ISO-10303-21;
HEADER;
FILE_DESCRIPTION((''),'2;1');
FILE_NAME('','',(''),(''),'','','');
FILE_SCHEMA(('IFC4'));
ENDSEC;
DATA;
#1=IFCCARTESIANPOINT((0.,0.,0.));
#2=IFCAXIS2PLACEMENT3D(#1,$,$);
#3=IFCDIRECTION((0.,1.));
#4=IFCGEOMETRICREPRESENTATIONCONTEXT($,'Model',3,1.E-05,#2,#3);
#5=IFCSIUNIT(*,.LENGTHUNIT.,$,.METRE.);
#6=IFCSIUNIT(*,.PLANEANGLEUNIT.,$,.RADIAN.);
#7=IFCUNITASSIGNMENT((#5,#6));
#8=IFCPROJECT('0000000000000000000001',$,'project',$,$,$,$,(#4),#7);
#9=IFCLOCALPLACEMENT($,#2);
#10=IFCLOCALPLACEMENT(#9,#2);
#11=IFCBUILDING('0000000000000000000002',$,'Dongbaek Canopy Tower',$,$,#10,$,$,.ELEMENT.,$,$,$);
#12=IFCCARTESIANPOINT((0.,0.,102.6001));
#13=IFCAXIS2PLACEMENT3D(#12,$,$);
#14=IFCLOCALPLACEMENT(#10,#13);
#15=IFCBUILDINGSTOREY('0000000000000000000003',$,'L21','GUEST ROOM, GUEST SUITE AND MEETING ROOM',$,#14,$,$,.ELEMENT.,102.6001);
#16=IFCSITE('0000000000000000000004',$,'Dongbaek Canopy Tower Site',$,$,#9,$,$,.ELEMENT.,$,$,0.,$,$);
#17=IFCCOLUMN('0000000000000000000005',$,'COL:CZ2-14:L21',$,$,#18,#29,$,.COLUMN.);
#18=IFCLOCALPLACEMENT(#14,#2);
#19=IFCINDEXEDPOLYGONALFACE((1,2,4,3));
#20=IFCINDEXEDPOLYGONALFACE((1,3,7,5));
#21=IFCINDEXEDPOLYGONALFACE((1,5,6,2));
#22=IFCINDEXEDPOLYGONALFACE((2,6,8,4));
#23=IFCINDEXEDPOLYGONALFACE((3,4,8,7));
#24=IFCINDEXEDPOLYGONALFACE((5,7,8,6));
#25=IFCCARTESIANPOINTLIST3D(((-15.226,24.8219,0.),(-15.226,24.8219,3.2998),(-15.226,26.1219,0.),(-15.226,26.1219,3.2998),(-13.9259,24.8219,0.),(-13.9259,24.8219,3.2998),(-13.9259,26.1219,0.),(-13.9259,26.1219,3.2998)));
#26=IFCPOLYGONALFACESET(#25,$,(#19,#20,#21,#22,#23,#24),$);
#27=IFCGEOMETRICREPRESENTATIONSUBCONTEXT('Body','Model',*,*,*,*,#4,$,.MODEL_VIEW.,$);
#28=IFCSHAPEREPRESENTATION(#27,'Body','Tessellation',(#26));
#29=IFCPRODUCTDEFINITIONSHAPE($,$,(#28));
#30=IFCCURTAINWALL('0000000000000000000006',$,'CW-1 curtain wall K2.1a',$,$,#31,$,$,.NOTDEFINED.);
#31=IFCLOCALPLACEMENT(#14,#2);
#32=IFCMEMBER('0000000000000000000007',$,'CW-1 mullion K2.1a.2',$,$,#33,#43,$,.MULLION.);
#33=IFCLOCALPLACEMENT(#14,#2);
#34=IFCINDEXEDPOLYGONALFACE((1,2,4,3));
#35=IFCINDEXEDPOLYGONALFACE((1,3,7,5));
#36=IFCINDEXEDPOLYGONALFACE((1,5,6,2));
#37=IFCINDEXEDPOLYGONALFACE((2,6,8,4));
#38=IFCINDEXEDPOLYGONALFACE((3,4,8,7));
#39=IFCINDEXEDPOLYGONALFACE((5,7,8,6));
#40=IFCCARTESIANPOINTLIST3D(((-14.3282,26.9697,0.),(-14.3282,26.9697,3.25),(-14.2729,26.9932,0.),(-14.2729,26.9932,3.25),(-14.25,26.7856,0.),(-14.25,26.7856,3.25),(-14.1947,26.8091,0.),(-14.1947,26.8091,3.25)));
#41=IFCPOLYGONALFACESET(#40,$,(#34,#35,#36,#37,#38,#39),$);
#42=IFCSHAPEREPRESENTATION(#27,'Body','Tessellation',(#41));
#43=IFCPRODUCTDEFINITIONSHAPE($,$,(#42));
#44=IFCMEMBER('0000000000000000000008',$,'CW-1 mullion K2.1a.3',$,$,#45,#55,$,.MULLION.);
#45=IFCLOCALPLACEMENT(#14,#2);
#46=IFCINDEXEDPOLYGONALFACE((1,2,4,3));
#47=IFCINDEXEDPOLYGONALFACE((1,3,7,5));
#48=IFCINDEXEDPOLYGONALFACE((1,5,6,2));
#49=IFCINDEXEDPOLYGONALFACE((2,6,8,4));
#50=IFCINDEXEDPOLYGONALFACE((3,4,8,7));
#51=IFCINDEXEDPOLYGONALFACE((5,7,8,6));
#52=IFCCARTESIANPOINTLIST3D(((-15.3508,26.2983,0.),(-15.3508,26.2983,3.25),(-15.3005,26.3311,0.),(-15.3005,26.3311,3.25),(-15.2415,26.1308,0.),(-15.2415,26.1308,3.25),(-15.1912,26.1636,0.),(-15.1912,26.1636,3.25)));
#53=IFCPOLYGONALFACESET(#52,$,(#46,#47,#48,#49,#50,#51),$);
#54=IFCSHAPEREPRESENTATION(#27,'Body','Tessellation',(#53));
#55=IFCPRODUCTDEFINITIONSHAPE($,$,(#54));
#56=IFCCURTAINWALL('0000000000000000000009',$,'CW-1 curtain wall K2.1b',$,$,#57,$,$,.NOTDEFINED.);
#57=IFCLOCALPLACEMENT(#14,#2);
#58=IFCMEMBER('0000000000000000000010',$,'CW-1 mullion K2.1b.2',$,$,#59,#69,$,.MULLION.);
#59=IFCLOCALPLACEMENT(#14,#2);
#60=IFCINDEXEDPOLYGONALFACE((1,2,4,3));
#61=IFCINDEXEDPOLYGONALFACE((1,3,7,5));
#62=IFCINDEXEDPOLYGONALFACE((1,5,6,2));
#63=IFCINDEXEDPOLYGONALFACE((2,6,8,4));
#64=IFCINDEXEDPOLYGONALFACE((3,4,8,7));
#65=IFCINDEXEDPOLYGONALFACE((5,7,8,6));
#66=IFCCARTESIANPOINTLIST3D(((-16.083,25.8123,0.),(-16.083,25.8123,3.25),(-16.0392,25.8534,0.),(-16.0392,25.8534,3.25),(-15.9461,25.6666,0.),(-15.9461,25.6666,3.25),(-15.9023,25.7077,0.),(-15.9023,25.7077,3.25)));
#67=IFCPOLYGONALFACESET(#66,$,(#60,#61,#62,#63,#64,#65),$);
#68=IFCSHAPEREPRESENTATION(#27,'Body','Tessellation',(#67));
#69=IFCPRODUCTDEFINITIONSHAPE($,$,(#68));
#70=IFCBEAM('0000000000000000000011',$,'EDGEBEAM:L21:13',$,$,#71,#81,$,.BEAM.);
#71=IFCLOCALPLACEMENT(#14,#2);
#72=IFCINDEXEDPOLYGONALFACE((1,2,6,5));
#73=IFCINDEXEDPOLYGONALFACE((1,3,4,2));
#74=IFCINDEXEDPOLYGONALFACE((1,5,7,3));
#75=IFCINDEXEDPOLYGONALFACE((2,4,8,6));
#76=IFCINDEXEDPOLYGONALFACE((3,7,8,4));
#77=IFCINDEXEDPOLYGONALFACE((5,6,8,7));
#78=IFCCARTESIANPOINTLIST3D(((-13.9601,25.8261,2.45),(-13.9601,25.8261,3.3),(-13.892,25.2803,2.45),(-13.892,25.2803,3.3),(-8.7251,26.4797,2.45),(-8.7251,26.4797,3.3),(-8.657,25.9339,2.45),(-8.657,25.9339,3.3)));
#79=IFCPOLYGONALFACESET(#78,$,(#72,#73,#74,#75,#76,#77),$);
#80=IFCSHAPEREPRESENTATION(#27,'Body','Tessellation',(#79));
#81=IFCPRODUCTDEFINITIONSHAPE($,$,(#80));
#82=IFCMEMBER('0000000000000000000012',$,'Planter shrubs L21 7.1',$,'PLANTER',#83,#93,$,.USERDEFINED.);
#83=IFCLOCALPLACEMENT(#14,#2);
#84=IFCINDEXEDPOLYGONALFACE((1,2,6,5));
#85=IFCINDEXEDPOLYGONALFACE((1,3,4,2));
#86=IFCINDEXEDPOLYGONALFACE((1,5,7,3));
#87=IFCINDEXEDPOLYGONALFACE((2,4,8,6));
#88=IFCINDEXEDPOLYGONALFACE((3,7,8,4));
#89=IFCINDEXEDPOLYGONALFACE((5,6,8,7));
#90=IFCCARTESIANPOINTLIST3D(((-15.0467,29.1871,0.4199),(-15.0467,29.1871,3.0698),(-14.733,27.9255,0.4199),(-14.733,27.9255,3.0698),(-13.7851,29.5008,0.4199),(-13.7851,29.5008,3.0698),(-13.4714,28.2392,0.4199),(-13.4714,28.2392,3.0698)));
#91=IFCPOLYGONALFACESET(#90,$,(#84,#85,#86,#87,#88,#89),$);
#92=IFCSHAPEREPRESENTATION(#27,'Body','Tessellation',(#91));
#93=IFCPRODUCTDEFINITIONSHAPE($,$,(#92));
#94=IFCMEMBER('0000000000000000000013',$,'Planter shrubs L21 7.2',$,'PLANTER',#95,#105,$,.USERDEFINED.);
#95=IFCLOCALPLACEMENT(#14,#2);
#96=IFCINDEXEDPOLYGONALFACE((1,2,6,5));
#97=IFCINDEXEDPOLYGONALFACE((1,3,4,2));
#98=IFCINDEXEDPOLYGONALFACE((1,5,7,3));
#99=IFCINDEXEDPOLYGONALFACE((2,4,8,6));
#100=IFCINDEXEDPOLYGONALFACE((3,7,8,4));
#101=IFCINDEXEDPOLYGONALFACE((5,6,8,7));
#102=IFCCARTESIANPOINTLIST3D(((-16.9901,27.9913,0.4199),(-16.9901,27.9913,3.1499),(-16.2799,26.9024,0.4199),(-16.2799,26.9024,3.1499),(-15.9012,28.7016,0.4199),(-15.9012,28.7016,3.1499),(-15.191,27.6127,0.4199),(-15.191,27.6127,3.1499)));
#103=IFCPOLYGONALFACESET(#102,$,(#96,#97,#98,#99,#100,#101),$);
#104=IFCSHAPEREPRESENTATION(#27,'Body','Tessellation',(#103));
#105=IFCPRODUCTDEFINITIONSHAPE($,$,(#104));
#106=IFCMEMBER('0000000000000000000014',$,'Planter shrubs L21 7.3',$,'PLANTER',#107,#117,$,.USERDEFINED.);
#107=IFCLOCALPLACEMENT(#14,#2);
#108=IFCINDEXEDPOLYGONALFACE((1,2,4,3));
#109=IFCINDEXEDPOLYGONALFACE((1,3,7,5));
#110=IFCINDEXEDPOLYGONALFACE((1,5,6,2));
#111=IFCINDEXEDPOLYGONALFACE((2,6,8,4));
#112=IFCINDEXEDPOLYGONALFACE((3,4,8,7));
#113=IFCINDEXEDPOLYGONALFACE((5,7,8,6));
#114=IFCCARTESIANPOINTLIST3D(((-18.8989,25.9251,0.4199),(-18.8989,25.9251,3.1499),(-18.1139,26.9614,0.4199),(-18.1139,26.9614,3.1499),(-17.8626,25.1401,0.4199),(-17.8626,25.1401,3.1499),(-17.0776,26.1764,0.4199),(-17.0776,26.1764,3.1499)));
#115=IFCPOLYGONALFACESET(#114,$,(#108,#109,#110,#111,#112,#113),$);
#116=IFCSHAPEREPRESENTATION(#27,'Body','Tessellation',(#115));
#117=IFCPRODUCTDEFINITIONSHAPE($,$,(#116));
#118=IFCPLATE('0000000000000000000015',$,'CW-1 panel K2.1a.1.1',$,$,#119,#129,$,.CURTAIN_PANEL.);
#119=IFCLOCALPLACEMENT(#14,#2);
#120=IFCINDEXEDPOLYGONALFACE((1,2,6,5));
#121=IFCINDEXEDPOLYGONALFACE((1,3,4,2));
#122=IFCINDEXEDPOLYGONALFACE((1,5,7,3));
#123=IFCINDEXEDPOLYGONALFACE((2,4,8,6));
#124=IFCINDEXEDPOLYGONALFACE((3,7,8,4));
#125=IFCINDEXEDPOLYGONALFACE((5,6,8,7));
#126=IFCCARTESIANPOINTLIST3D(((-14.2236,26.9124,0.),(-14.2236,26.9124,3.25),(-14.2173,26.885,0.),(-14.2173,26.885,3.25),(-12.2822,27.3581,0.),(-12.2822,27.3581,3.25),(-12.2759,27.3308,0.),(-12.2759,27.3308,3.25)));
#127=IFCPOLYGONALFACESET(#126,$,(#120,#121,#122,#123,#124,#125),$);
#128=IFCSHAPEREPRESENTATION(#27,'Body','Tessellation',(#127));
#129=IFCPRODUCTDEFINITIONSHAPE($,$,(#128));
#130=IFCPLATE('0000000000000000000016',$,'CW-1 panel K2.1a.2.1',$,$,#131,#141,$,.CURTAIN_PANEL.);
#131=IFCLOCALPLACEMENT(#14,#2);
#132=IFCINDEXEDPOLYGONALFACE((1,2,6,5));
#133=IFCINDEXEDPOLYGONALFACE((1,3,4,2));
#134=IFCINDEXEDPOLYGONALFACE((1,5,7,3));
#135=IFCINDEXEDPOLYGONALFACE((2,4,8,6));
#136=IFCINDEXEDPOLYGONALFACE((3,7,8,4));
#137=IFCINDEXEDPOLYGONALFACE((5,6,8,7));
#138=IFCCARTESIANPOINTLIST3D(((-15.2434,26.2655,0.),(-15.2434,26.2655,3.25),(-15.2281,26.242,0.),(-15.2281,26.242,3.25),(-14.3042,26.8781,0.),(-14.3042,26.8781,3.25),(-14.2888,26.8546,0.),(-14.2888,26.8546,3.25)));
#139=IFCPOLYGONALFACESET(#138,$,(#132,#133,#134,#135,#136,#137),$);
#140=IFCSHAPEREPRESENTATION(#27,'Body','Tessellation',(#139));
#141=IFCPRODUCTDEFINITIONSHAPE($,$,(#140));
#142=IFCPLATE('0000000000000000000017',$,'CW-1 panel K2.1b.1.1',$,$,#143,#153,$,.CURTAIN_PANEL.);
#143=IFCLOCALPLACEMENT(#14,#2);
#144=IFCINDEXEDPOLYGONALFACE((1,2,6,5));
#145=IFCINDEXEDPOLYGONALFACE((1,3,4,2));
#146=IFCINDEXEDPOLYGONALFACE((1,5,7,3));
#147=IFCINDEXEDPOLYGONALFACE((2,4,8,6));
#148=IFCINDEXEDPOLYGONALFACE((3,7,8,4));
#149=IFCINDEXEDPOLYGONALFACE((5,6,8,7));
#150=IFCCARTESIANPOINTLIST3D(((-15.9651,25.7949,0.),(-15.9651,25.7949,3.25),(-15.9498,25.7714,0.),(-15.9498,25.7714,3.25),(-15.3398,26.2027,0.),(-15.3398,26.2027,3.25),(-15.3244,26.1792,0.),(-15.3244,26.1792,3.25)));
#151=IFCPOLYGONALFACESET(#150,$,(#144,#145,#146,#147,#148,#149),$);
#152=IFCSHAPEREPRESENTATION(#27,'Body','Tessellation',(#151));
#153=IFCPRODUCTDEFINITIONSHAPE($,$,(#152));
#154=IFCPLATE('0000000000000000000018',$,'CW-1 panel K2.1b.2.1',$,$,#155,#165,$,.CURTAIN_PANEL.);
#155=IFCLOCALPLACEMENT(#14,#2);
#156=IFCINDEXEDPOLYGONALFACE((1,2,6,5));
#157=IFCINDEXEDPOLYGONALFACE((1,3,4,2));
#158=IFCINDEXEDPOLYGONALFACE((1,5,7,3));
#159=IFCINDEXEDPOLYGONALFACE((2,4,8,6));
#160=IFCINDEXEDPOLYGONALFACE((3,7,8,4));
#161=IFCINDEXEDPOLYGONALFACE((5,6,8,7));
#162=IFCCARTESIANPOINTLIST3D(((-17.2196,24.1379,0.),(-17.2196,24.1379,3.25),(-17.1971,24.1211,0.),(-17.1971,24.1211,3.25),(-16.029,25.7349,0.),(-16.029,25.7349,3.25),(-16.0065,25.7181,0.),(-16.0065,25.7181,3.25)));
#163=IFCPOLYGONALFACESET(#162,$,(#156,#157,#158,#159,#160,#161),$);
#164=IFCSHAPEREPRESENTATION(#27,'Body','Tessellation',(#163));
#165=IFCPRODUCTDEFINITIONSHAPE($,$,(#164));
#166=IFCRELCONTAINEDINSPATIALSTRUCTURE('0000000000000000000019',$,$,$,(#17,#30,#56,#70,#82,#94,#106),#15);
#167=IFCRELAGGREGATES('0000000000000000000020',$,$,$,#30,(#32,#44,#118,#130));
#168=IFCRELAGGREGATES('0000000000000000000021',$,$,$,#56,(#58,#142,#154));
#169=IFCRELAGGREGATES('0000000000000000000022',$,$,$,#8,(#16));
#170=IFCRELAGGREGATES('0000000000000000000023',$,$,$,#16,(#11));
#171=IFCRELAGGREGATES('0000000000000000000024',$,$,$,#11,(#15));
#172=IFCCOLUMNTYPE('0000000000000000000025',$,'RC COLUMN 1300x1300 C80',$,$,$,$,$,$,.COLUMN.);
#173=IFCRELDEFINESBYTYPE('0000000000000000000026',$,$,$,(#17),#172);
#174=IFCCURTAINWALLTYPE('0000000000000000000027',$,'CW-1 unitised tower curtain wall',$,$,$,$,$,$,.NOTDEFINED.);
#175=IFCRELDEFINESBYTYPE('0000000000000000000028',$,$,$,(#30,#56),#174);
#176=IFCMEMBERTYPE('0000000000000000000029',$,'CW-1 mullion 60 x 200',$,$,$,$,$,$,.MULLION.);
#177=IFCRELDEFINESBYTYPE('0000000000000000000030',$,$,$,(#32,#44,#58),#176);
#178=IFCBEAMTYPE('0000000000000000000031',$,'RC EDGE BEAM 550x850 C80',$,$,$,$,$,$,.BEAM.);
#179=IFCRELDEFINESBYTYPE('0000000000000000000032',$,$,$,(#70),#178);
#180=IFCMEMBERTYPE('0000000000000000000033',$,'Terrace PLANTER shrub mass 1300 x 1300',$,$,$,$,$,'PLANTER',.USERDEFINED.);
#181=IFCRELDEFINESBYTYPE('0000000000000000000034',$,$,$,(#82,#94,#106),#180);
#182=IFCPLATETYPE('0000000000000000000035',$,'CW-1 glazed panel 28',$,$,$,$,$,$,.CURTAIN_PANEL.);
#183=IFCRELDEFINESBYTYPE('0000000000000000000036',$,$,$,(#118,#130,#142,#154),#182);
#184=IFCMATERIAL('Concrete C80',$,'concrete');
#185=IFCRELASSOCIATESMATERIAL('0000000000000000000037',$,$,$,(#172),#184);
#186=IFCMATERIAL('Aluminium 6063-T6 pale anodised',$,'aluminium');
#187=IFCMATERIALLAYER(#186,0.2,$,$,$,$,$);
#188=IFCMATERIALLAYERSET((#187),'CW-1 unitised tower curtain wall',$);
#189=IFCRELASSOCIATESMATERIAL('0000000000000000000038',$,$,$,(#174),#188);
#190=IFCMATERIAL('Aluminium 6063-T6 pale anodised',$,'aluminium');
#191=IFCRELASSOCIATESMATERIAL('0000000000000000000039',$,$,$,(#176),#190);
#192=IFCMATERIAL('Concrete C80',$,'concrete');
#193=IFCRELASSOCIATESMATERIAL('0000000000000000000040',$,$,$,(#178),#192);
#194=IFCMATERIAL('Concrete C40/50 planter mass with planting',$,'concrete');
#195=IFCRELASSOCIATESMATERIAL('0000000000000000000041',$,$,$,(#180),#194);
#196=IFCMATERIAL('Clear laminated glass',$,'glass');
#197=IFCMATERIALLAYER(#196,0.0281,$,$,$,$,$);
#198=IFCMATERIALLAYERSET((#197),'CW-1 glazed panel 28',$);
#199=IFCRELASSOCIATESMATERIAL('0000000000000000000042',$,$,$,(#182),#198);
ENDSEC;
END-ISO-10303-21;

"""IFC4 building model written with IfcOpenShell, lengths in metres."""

from ifc_helpers import new_model, si_unit, direction, frame, origin, origin_2d, place, context, subcontext, project, spatial, rectangle, extrude, material, layer, layer_set, material_profile, profile_set, type_object, element, aggregate, save


model = new_model("IFC4")

# Units and contexts
model_context = context("Model", 3, precision=1e-05, world=origin(), true_north=direction((0.0, 1.0)))
body_context = subcontext(model_context, "Body", "Model", "MODEL_VIEW")
ifc_project = project(units=[si_unit("LENGTHUNIT", "METRE"), si_unit("PLANEANGLEUNIT", "RADIAN")], contexts=[model_context])

# Site, building, storey
site_placement = place(None, origin())
site = spatial("IfcSite", under=ifc_project, at=site_placement, Name="Dongbaek Canopy Tower Site", CompositionType="ELEMENT", RefElevation=0.0)
building_placement = place(site_placement, origin())
building = spatial("IfcBuilding", under=site, at=building_placement, Name="Dongbaek Canopy Tower", CompositionType="ELEMENT")
storey_placement = place(building_placement, frame((0.0, 0.0, 102.6001)))
storey = spatial("IfcBuildingStorey", under=building, at=storey_placement, Name="L21", Description="GUEST ROOM, GUEST SUITE AND MEETING ROOM", CompositionType="ELEMENT", Elevation=102.6001)

# Column
ifc_material_1 = material(Name="Concrete C80", Category="concrete")
ifc_material_profile_1 = material_profile(ifc_material_1, rectangle(XDim=1.3, YDim=1.3, at=origin_2d()), Name="RC COLUMN 1300x1300 C80")
ifc_profile_set_1 = profile_set([ifc_material_profile_1], Name="Concrete C80")
column_type = type_object("IfcColumnType", Name="RC COLUMN 1300x1300 C80", PredefinedType="COLUMN", material=ifc_profile_set_1)
column_placement = place(storey_placement, frame((-14.5759, 25.4719, 0.0), z_axis=(0.0, 0.0, 1.0), x_axis=(1.0, 0.0, 0.0)))
element("IfcColumn", 1, at=column_placement, inside=storey, type_object=column_type, Name="COL:CZ2-14:L21", PredefinedType="COLUMN", context=body_context, shape_type="SweptSolid", body=[
    extrude(rectangle(XDim=1.3, YDim=1.3, at=origin_2d()), origin(), (0.0, 0.0, 1.0), 3.2998),
])

# Curtain wall, members
ifc_material_2 = material(Name="Aluminium 6063-T6 pale anodised", Category="aluminium")
ifc_layer_1 = layer(ifc_material_2, 0.2)
ifc_layer_set_1 = layer_set([ifc_layer_1], Name="CW-1 unitised tower curtain wall")
curtain_wall_type = type_object("IfcCurtainWallType", Name="CW-1 unitised tower curtain wall", PredefinedType="NOTDEFINED", material=ifc_layer_set_1)
curtain_wall_1_placement = place(storey_placement, origin())
curtain_wall_1 = element("IfcCurtainWall", 2, at=curtain_wall_1_placement, inside=storey, type_object=curtain_wall_type, Name="CW-1 curtain wall K2.1a", PredefinedType="NOTDEFINED")
ifc_material_3 = material(Name="Aluminium 6063-T6 pale anodised", Category="aluminium")
ifc_material_profile_2 = material_profile(ifc_material_3, rectangle(XDim=0.2, YDim=0.0601, at=origin_2d()), Name="CW-1 mullion 60 x 200")
ifc_profile_set_2 = profile_set([ifc_material_profile_2], Name="Aluminium 6063-T6 pale anodised")
member_type_1 = type_object("IfcMemberType", Name="CW-1 mullion 60 x 200", PredefinedType="MULLION", material=ifc_profile_set_2)
member_1_placement = place(storey_placement, frame((-14.2615, 26.8894, 0.0), z_axis=(0.0, 0.0, 1.0), x_axis=(-0.391087, 0.920354, 0.0)))
member_1 = element("IfcMember", 3, at=member_1_placement, type_object=member_type_1, Name="CW-1 mullion K2.1a.2", PredefinedType="MULLION", context=body_context, shape_type="SweptSolid", body=[
    extrude(rectangle(XDim=0.2, YDim=0.0601, at=origin_2d()), origin(), (0.0, 0.0, 1.0), 3.25),
])
member_2_placement = place(storey_placement, frame((-15.271, 26.231, 0.0), z_axis=(0.0, 0.0, 1.0), x_axis=(-0.546299, 0.837591, 0.0)))
member_2 = element("IfcMember", 4, at=member_2_placement, type_object=member_type_1, Name="CW-1 mullion K2.1a.3", PredefinedType="MULLION", context=body_context, shape_type="SweptSolid", body=[
    extrude(rectangle(XDim=0.2, YDim=0.0601, at=origin_2d()), origin(), (0.0, 0.0, 1.0), 3.25),
])

# Curtain wall, member
curtain_wall_2_placement = place(storey_placement, origin())
curtain_wall_2 = element("IfcCurtainWall", 5, at=curtain_wall_2_placement, inside=storey, type_object=curtain_wall_type, Name="CW-1 curtain wall K2.1b", PredefinedType="NOTDEFINED")
member_3_placement = place(storey_placement, frame((-15.9927, 25.76, 0.0), z_axis=(0.0, 0.0, 1.0), x_axis=(-0.684608, 0.728912, 0.0)))
member_3 = element("IfcMember", 6, at=member_3_placement, type_object=member_type_1, Name="CW-1 mullion K2.1b.2", PredefinedType="MULLION", context=body_context, shape_type="SweptSolid", body=[
    extrude(rectangle(XDim=0.2, YDim=0.0601, at=origin_2d()), origin(), (0.0, 0.0, 1.0), 3.25),
])

# Beam
ifc_material_4 = material(Name="Concrete C80", Category="concrete")
ifc_material_profile_3 = material_profile(ifc_material_4, rectangle(XDim=0.55, YDim=0.8501, at=origin_2d()), Name="RC EDGE BEAM 550x850 C80")
ifc_profile_set_3 = profile_set([ifc_material_profile_3], Name="Concrete C80")
beam_type = type_object("IfcBeamType", Name="RC EDGE BEAM 550x850 C80", PredefinedType="BEAM", material=ifc_profile_set_3)
beam_placement = place(storey_placement, frame((-13.926, 25.5532, 2.875), z_axis=(0.992297, 0.123881, 0.0), x_axis=(-0.123881, 0.992297, 0.0)))
element("IfcBeam", 7, at=beam_placement, inside=storey, type_object=beam_type, Name="EDGEBEAM:L21:13", PredefinedType="BEAM", context=body_context, shape_type="SweptSolid", body=[
    extrude(rectangle(XDim=0.55, YDim=0.8501, at=origin_2d()), origin(), (0.0, 0.0, 1.0), 5.2756),
])

# Members
ifc_material_5 = material(Name="Concrete C40/50 planter mass with planting", Category="concrete")
ifc_material_profile_4 = material_profile(ifc_material_5, rectangle(XDim=1.3, YDim=1.3, at=origin_2d()), Name="Terrace PLANTER shrub mass 1300 x 1300")
ifc_profile_set_4 = profile_set([ifc_material_profile_4], Name="Concrete C40/50 planter mass with planting")
member_type_2 = type_object("IfcMemberType", Name="Terrace PLANTER shrub mass 1300 x 1300", ElementType="PLANTER", PredefinedType="USERDEFINED", material=ifc_profile_set_4)
member_4_placement = place(storey_placement, frame((-14.259, 28.7131, 0.4199), z_axis=(0.0, 0.0, 1.0), x_axis=(-0.241324, 0.970445, 0.0)))
element("IfcMember", 8, at=member_4_placement, inside=storey, type_object=member_type_2, Name="Planter shrubs L21 7.1", ObjectType="PLANTER", PredefinedType="USERDEFINED", context=body_context, shape_type="SweptSolid", body=[
    extrude(rectangle(XDim=1.3, YDim=1.3, at=origin_2d()), origin(), (0.0, 0.0, 1.0), 2.6499),
])
for number, where, z_axis, x_axis, name in (
    (9, (-16.0906, 27.802, 0.4199), (0.0, 0.0, 1.0), (-0.546299, 0.837591, 0.0), "Planter shrubs L21 7.2"),
    (10, (-17.9883, 26.0508, 0.4199), (0.0, 0.0, 1.0), (-0.797114, 0.603829, 0.0), "Planter shrubs L21 7.3"),
):
    element("IfcMember", number, at=place(storey_placement, frame(where, z_axis=z_axis, x_axis=x_axis)), inside=storey, type_object=member_type_2, Name=name, ObjectType="PLANTER", PredefinedType="USERDEFINED", context=body_context, shape_type="SweptSolid", body=[
        extrude(rectangle(XDim=1.3, YDim=1.3, at=origin_2d()), origin(), (0.0, 0.0, 1.0), 2.73),
    ])

# Plates
ifc_material_6 = material(Name="Clear laminated glass", Category="glass")
ifc_layer_2 = layer(ifc_material_6, 0.0281)
ifc_layer_set_2 = layer_set([ifc_layer_2], Name="CW-1 glazed panel 28")
plate_type = type_object("IfcPlateType", Name="CW-1 glazed panel 28", PredefinedType="CURTAIN_PANEL", material=ifc_layer_set_2)
plate_1_placement = place(storey_placement, frame((-13.2498, 27.1216, 0.0), z_axis=(0.0, 0.0, 1.0), x_axis=(-0.974641, -0.223774, 0.0)))
plate_1 = element("IfcPlate", 11, at=plate_1_placement, type_object=plate_type, Name="CW-1 panel K2.1a.1.1", PredefinedType="CURTAIN_PANEL", context=body_context, shape_type="SweptSolid", body=[
    extrude(rectangle(XDim=1.9919, YDim=0.0281, at=origin_2d()), origin(), (0.0, 0.0, 1.0), 3.25),
])
plate_2_placement = place(storey_placement, frame((-14.7661, 26.5601, 0.0), z_axis=(0.0, 0.0, 1.0), x_axis=(-0.837591, -0.546299, 0.0)))
plate_2 = element("IfcPlate", 12, at=plate_2_placement, type_object=plate_type, Name="CW-1 panel K2.1a.2.1", PredefinedType="CURTAIN_PANEL", context=body_context, shape_type="SweptSolid", body=[
    extrude(rectangle(XDim=1.1213, YDim=0.0281, at=origin_2d()), origin(), (0.0, 0.0, 1.0), 3.25),
])
aggregate(curtain_wall_1, [member_1, member_2, plate_1, plate_2])
plate_3_placement = place(storey_placement, frame((-15.6448, 25.9871, 0.0), z_axis=(0.0, 0.0, 1.0), x_axis=(-0.837591, -0.546299, 0.0)))
plate_3 = element("IfcPlate", 13, at=plate_3_placement, type_object=plate_type, Name="CW-1 panel K2.1b.1.1", PredefinedType="CURTAIN_PANEL", context=body_context, shape_type="SweptSolid", body=[
    extrude(rectangle(XDim=0.7466, YDim=0.0281, at=origin_2d()), origin(), (0.0, 0.0, 1.0), 3.25),
])
plate_4_placement = place(storey_placement, frame((-16.613, 24.928, 0.0), z_axis=(0.0, 0.0, 1.0), x_axis=(-0.59768, -0.801735, 0.0)))
plate_4 = element("IfcPlate", 14, at=plate_4_placement, type_object=plate_type, Name="CW-1 panel K2.1b.2.1", PredefinedType="CURTAIN_PANEL", context=body_context, shape_type="SweptSolid", body=[
    extrude(rectangle(XDim=1.9919, YDim=0.0281, at=origin_2d()), origin(), (0.0, 0.0, 1.0), 3.25),
])
aggregate(curtain_wall_2, [member_3, plate_3, plate_4])

save(model, "model.ifc")
